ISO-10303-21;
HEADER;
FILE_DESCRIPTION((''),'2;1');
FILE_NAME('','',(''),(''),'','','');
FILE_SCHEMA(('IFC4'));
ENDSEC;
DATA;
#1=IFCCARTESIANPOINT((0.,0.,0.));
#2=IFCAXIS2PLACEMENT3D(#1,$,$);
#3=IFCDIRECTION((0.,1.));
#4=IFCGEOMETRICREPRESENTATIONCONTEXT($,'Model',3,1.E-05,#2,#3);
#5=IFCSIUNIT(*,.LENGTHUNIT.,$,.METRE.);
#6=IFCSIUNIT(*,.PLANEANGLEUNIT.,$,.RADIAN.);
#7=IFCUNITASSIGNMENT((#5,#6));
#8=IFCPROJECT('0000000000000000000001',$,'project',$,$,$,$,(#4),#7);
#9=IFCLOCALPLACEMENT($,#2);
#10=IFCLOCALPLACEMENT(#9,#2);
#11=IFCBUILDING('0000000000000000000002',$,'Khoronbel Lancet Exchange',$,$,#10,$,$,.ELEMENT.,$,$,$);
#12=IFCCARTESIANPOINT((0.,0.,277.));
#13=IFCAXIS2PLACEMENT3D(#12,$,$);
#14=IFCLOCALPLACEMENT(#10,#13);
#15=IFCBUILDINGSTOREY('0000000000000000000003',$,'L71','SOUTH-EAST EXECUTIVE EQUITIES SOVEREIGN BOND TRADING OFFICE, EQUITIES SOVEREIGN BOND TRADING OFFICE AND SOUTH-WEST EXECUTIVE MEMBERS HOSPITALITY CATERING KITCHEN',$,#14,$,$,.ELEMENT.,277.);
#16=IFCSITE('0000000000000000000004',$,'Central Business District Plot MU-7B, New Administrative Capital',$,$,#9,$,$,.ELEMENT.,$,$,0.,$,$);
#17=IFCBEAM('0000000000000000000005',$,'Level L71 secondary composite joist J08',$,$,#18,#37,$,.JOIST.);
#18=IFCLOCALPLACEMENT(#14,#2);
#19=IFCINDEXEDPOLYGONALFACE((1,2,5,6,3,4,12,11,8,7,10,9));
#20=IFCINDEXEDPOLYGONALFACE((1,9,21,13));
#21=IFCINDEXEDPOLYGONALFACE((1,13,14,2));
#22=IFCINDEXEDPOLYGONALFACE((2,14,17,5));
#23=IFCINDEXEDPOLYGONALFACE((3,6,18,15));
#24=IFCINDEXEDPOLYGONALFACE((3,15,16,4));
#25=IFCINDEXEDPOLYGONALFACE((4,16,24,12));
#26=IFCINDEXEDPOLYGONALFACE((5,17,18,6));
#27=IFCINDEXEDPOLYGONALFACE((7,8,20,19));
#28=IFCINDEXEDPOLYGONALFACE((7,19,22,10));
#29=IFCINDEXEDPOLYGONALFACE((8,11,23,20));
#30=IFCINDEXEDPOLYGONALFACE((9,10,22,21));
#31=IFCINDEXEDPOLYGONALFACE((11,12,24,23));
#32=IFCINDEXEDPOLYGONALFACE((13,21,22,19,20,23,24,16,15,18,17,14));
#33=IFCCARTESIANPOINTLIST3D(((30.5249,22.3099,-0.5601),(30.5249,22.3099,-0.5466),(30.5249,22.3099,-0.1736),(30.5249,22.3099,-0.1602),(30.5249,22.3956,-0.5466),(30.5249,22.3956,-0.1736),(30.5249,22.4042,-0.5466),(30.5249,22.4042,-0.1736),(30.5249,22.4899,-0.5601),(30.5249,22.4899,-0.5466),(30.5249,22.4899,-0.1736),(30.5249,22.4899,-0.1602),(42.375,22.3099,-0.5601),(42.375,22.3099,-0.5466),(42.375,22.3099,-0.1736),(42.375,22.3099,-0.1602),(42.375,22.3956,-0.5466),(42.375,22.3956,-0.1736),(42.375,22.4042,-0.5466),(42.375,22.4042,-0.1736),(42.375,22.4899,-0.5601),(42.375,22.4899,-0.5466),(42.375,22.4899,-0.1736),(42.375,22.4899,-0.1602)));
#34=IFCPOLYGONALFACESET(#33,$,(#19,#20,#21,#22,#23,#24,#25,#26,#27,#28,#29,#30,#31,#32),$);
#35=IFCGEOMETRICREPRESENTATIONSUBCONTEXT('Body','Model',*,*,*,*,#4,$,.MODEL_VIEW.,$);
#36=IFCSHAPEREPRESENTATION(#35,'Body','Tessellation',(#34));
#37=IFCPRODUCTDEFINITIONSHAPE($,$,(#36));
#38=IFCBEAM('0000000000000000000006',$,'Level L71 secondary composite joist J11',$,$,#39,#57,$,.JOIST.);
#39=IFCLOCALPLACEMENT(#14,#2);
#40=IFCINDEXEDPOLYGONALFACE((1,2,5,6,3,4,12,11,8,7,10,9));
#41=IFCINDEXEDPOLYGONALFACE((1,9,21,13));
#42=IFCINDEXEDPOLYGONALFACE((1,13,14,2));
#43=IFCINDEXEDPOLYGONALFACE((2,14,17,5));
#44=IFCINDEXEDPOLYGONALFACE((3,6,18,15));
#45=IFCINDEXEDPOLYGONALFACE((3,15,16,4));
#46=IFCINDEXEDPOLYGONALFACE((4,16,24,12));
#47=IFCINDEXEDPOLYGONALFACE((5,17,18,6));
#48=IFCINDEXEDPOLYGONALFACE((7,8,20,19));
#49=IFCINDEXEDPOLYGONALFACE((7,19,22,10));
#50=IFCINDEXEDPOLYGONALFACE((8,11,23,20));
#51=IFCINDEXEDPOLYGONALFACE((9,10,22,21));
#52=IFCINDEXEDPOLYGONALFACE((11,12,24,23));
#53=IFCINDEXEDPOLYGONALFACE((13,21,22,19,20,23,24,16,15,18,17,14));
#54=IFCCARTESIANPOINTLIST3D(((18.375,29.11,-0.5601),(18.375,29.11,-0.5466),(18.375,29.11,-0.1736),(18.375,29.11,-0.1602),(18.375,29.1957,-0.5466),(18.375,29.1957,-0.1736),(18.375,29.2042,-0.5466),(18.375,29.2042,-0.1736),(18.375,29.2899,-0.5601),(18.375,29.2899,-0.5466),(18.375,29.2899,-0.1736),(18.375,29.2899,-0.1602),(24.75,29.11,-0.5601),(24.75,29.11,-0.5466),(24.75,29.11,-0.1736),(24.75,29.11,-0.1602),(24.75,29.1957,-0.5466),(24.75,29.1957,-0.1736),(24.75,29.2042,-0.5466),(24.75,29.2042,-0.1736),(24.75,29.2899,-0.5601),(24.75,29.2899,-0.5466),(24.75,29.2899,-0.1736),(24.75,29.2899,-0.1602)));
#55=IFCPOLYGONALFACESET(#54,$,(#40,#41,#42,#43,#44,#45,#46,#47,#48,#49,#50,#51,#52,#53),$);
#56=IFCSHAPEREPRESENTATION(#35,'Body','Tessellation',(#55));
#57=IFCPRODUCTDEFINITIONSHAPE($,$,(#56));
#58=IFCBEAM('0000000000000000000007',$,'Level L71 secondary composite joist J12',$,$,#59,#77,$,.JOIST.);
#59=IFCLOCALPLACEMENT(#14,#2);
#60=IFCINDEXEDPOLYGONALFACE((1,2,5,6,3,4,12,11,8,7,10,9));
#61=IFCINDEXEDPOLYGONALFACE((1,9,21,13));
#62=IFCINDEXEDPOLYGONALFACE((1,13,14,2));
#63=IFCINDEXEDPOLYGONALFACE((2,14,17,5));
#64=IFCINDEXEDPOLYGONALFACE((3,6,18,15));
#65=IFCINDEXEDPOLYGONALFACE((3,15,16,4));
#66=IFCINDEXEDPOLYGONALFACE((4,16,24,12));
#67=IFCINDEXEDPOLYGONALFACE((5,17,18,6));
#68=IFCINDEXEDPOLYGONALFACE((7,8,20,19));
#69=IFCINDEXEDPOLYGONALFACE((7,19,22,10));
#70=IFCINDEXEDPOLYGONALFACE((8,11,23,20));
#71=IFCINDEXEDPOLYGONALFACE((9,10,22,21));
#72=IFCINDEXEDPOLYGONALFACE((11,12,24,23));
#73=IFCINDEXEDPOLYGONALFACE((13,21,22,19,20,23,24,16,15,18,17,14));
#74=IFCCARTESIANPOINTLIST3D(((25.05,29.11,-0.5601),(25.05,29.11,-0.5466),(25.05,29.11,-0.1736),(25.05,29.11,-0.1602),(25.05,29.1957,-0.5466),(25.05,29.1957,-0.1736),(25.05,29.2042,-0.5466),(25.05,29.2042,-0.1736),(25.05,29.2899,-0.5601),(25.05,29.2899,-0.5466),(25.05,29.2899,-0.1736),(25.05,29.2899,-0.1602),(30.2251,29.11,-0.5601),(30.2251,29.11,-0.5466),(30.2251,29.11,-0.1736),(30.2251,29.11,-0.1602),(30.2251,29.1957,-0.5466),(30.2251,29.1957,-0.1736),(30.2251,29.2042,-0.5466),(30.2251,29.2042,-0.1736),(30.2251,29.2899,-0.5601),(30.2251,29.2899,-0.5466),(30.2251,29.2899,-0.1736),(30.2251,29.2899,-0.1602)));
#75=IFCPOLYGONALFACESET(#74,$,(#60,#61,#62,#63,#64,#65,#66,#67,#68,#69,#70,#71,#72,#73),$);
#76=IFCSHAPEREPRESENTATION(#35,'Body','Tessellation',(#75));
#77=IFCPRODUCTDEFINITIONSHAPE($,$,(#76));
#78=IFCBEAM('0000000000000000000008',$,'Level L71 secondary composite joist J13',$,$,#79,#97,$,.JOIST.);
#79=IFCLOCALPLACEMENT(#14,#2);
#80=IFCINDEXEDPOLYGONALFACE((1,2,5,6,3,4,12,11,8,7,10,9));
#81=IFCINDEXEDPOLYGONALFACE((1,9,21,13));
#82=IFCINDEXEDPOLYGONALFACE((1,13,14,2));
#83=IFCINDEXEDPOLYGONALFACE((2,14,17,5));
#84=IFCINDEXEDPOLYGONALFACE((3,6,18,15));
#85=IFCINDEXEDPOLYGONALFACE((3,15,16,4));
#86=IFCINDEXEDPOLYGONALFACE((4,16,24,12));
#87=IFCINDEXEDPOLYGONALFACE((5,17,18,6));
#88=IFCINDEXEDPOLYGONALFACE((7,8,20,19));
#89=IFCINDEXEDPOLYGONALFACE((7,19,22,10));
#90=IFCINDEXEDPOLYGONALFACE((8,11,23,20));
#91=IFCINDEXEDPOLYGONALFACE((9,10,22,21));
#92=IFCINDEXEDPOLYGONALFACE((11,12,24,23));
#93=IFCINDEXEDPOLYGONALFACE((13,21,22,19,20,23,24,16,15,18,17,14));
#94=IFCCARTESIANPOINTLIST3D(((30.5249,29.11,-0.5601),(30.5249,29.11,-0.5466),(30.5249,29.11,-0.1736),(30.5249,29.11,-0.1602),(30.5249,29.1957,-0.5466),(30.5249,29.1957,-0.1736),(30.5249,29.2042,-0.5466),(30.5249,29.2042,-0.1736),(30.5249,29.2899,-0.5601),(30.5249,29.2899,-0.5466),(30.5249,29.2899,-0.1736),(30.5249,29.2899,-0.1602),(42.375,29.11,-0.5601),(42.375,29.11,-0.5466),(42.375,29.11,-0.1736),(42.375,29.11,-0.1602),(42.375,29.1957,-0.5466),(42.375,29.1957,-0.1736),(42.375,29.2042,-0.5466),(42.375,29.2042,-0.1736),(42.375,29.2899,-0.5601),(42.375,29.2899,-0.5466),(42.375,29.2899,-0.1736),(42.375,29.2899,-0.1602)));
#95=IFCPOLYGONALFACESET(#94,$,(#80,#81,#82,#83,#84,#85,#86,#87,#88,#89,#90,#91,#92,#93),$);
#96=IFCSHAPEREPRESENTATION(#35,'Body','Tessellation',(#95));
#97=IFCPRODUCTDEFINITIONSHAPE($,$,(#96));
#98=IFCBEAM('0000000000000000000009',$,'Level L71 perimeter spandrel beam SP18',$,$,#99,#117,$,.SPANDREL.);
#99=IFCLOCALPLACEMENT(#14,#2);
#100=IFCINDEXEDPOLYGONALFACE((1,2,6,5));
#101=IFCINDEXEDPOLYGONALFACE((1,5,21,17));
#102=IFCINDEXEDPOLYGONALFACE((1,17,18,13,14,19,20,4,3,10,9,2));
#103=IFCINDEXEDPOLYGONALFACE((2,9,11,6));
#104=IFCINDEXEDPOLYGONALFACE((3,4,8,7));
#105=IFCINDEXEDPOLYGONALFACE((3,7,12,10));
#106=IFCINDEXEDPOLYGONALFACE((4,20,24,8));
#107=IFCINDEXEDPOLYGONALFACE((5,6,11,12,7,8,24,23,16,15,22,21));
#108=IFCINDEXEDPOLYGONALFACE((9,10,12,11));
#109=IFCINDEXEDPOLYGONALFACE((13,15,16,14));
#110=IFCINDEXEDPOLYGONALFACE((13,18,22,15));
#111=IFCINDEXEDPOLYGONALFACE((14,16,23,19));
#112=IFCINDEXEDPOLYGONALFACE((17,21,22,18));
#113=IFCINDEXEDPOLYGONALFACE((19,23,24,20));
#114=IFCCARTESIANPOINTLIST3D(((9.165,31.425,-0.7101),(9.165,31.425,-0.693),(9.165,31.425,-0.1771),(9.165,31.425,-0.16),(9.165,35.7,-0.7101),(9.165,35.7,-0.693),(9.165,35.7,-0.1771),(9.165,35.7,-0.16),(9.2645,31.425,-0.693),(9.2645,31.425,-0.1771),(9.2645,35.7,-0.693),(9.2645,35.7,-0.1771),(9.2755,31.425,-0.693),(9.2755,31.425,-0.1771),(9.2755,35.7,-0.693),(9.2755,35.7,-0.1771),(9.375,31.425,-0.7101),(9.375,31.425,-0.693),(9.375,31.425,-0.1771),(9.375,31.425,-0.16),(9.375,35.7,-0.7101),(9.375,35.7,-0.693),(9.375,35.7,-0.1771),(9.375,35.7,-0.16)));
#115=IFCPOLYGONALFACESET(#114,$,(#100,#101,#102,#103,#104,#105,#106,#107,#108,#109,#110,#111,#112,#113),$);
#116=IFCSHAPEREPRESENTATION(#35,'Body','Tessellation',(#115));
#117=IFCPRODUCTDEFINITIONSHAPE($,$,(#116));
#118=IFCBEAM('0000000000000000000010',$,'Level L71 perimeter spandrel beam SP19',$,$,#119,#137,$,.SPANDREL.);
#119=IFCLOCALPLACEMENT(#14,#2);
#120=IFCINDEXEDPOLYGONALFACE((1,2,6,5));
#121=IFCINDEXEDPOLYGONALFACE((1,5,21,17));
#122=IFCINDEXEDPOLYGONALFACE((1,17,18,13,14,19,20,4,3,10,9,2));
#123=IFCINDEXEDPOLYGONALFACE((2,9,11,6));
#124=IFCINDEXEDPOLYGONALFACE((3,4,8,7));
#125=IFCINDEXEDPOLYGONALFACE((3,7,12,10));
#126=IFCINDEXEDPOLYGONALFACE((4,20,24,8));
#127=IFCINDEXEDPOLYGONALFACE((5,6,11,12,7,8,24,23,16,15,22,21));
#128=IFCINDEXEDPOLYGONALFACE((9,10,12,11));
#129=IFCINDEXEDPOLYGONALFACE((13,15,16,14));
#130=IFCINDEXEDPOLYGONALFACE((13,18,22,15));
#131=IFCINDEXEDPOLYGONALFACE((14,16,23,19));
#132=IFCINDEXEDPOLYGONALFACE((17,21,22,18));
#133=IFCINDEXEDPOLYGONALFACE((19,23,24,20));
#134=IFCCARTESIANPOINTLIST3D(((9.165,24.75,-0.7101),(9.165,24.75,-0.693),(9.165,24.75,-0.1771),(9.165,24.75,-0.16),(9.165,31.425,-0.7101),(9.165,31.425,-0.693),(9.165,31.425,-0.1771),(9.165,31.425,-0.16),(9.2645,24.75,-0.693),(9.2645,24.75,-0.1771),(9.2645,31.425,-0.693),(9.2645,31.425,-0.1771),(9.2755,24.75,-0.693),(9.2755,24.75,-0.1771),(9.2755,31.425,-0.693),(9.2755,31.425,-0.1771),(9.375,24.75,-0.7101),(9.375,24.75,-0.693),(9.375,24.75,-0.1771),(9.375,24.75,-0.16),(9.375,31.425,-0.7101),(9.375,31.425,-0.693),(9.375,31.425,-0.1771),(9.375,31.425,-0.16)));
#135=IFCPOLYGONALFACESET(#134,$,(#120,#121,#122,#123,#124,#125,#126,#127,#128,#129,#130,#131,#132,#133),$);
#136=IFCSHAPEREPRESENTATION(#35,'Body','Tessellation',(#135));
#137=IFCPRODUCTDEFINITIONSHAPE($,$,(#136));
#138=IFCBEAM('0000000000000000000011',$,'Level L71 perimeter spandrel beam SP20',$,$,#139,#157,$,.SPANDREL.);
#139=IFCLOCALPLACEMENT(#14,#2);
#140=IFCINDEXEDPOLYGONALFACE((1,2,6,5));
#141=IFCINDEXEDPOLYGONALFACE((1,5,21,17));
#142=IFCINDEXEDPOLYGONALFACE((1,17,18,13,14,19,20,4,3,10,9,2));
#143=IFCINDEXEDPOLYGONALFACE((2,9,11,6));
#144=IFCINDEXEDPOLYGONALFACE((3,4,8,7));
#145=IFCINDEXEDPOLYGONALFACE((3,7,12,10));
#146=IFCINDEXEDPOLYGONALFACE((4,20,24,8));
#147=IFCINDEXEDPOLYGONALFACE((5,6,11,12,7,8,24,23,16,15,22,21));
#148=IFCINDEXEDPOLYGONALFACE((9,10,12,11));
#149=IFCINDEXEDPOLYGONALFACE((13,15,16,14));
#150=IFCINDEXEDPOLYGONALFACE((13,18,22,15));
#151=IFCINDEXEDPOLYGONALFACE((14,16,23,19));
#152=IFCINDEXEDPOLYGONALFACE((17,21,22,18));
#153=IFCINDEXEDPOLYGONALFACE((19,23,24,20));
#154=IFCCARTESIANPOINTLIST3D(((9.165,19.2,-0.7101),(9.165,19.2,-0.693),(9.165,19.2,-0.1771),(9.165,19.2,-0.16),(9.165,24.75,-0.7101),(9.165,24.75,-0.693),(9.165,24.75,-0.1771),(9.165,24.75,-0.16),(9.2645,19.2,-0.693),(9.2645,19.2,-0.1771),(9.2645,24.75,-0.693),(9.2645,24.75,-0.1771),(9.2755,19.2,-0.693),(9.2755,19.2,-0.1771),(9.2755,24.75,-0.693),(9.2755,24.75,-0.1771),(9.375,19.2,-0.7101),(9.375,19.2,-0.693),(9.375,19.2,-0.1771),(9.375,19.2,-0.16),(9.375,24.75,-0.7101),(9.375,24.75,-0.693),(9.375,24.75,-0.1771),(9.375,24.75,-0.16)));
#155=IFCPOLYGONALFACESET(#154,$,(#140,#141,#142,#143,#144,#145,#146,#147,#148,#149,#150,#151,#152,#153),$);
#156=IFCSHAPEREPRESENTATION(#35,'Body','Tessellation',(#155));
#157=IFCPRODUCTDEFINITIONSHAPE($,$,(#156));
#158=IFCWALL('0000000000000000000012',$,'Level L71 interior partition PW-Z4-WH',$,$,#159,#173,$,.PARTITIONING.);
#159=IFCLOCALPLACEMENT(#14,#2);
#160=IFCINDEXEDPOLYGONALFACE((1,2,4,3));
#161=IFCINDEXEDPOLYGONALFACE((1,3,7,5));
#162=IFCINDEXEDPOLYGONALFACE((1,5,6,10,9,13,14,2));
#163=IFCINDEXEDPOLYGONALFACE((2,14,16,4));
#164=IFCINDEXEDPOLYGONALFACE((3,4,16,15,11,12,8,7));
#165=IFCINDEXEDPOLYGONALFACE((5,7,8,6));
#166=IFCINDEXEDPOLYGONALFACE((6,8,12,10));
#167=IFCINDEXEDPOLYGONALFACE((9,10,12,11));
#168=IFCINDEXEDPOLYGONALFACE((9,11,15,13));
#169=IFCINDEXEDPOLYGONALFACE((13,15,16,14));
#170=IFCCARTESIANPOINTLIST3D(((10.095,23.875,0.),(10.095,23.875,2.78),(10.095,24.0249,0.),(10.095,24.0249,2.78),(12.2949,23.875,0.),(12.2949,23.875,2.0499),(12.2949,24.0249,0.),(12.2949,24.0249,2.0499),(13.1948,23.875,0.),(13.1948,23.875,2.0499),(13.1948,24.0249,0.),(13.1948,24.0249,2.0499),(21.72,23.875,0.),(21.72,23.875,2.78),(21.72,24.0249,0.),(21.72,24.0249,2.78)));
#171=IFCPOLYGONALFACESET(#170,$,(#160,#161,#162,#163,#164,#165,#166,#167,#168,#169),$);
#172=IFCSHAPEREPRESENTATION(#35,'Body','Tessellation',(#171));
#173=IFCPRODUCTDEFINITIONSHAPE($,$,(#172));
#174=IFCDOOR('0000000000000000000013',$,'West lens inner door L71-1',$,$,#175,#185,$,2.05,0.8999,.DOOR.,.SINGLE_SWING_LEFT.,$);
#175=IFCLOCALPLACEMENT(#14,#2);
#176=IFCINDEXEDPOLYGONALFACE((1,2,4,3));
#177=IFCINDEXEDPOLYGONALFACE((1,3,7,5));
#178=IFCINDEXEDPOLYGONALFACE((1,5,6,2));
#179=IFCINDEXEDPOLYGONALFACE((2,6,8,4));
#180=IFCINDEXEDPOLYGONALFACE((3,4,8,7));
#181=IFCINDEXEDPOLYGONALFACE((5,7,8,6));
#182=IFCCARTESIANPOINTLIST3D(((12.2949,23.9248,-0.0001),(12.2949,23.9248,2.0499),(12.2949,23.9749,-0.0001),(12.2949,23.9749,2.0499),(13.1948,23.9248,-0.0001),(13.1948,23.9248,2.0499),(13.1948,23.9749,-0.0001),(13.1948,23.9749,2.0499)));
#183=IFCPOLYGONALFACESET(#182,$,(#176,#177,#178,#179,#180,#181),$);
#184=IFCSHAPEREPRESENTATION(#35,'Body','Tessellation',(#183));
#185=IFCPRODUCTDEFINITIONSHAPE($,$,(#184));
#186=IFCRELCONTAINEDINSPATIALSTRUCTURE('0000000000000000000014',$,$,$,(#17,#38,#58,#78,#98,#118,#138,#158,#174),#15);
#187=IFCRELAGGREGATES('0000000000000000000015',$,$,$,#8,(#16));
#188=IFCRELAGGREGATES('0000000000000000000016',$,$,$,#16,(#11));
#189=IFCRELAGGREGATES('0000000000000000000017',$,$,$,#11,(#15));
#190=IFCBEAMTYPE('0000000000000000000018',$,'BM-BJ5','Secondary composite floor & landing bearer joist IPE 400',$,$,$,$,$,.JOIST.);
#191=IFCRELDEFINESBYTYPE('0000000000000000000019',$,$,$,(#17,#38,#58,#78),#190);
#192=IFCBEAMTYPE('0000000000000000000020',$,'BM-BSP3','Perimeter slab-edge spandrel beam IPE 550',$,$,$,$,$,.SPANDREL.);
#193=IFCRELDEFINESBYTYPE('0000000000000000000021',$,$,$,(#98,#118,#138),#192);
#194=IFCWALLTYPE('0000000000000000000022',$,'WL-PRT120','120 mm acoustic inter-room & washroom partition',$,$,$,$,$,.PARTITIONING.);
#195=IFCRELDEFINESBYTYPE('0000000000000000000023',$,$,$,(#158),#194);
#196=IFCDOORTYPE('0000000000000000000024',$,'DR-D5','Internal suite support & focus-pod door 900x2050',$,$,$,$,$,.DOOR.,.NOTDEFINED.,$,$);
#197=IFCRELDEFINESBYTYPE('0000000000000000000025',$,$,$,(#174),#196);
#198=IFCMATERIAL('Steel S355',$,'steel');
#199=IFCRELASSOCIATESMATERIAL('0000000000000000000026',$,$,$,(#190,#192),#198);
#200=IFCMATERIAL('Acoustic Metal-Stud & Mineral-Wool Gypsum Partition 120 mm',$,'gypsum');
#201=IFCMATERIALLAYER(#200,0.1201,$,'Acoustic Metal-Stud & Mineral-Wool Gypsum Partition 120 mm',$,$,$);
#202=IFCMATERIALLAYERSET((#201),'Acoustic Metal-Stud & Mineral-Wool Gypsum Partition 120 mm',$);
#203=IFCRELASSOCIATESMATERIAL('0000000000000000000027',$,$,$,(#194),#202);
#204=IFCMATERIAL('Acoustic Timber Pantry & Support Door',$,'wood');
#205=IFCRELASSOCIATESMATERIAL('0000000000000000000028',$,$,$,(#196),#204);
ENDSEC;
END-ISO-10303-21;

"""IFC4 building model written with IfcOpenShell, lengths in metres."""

from ifc_helpers import new_model, si_unit, direction, frame, frame_2d, origin, origin_2d, place, context, subcontext, project, spatial, rectangle, i_section, extrude, material, layer, layer_set, material_profile, profile_set, type_object, element, fill, save


model = new_model("IFC4")

# Units and contexts
model_context = context("Model", 3, precision=1e-05, world=origin(), true_north=direction((0.0, 1.0)))
body_context = subcontext(model_context, "Body", "Model", "MODEL_VIEW")
ifc_project = project(units=[si_unit("LENGTHUNIT", "METRE"), si_unit("PLANEANGLEUNIT", "RADIAN")], contexts=[model_context])

# Site, building, storey
site_placement = place(None, origin())
site = spatial("IfcSite", under=ifc_project, at=site_placement, Name="Central Business District Plot MU-7B, New Administrative Capital", CompositionType="ELEMENT", RefElevation=0.0)
building_placement = place(site_placement, origin())
building = spatial("IfcBuilding", under=site, at=building_placement, Name="Khoronbel Lancet Exchange", CompositionType="ELEMENT")
storey_placement = place(building_placement, frame((0.0, 0.0, 277.0)))
storey = spatial("IfcBuildingStorey", under=building, at=storey_placement, Name="L71", Description="SOUTH-EAST EXECUTIVE EQUITIES SOVEREIGN BOND TRADING OFFICE, EQUITIES SOVEREIGN BOND TRADING OFFICE AND SOUTH-WEST EXECUTIVE MEMBERS HOSPITALITY CATERING KITCHEN", CompositionType="ELEMENT", Elevation=277.0)

# Shared definitions
ifc_material_1 = material(Name="Steel S355", Category="steel")

# Beams
ifc_material_profile_1 = material_profile(ifc_material_1, i_section(OverallWidth=0.1799, OverallDepth=0.3999, WebThickness=0.0085, FlangeThickness=0.0134, at=origin_2d()), Name="IPE 400")
ifc_profile_set_1 = profile_set([ifc_material_profile_1], Name="Steel S355")
beam_type_1 = type_object("IfcBeamType", Name="BM-BJ5", Description="Secondary composite floor & landing bearer joist IPE 400", PredefinedType="JOIST", material=ifc_profile_set_1)
beam_1_placement = place(storey_placement, frame((30.5249, 22.3999, -0.3601), z_axis=(1.0, 0.0, 0.0), x_axis=(0.0, 1.0, 0.0)))
element("IfcBeam", 1, at=beam_1_placement, inside=storey, type_object=beam_type_1, Name="Level L71 secondary composite joist J08", PredefinedType="JOIST", context=body_context, shape_type="SweptSolid", body=[
    extrude(i_section(OverallWidth=0.1799, OverallDepth=0.3999, WebThickness=0.0085, FlangeThickness=0.0134, at=origin_2d()), origin(), (0.0, 0.0, 1.0), 11.8501),
])
beam_2_placement = place(storey_placement, frame((18.375, 29.2, -0.3601), z_axis=(1.0, 0.0, 0.0), x_axis=(0.0, 1.0, 0.0)))
element("IfcBeam", 2, at=beam_2_placement, inside=storey, type_object=beam_type_1, Name="Level L71 secondary composite joist J11", PredefinedType="JOIST", context=body_context, shape_type="SweptSolid", body=[
    extrude(i_section(OverallWidth=0.1799, OverallDepth=0.3999, WebThickness=0.0085, FlangeThickness=0.0134, at=origin_2d()), origin(), (0.0, 0.0, 1.0), 6.375),
])
beam_3_placement = place(storey_placement, frame((25.05, 29.2, -0.3601), z_axis=(1.0, 0.0, 0.0), x_axis=(0.0, 1.0, 0.0)))
element("IfcBeam", 3, at=beam_3_placement, inside=storey, type_object=beam_type_1, Name="Level L71 secondary composite joist J12", PredefinedType="JOIST", context=body_context, shape_type="SweptSolid", body=[
    extrude(i_section(OverallWidth=0.1799, OverallDepth=0.3999, WebThickness=0.0085, FlangeThickness=0.0134, at=origin_2d()), origin(), (0.0, 0.0, 1.0), 5.175),
])
beam_4_placement = place(storey_placement, frame((30.5249, 29.2, -0.3601), z_axis=(1.0, 0.0, 0.0), x_axis=(0.0, 1.0, 0.0)))
element("IfcBeam", 4, at=beam_4_placement, inside=storey, type_object=beam_type_1, Name="Level L71 secondary composite joist J13", PredefinedType="JOIST", context=body_context, shape_type="SweptSolid", body=[
    extrude(i_section(OverallWidth=0.1799, OverallDepth=0.3999, WebThickness=0.0085, FlangeThickness=0.0134, at=origin_2d()), origin(), (0.0, 0.0, 1.0), 11.8501),
])
ifc_material_profile_2 = material_profile(ifc_material_1, i_section(OverallWidth=0.21, OverallDepth=0.55, WebThickness=0.011, FlangeThickness=0.0171, at=origin_2d()), Name="IPE 550")
ifc_profile_set_2 = profile_set([ifc_material_profile_2], Name="Steel S355")
beam_type_2 = type_object("IfcBeamType", Name="BM-BSP3", Description="Perimeter slab-edge spandrel beam IPE 550", PredefinedType="SPANDREL", material=ifc_profile_set_2)
beam_5_placement = place(storey_placement, frame((9.27, 35.7, -0.4351), z_axis=(0.0, -1.0, 0.0), x_axis=(1.0, 0.0, 0.0)))
element("IfcBeam", 5, at=beam_5_placement, inside=storey, type_object=beam_type_2, Name="Level L71 perimeter spandrel beam SP18", PredefinedType="SPANDREL", context=body_context, shape_type="SweptSolid", body=[
    extrude(i_section(OverallWidth=0.21, OverallDepth=0.55, WebThickness=0.011, FlangeThickness=0.0171, at=origin_2d()), origin(), (0.0, 0.0, 1.0), 4.2749),
])
beam_6_placement = place(storey_placement, frame((9.27, 31.425, -0.4351), z_axis=(0.0, -1.0, 0.0), x_axis=(1.0, 0.0, 0.0)))
element("IfcBeam", 6, at=beam_6_placement, inside=storey, type_object=beam_type_2, Name="Level L71 perimeter spandrel beam SP19", PredefinedType="SPANDREL", context=body_context, shape_type="SweptSolid", body=[
    extrude(i_section(OverallWidth=0.21, OverallDepth=0.55, WebThickness=0.011, FlangeThickness=0.0171, at=origin_2d()), origin(), (0.0, 0.0, 1.0), 6.675),
])
beam_7_placement = place(storey_placement, frame((9.27, 24.75, -0.4351), z_axis=(0.0, -1.0, 0.0), x_axis=(1.0, 0.0, 0.0)))
element("IfcBeam", 7, at=beam_7_placement, inside=storey, type_object=beam_type_2, Name="Level L71 perimeter spandrel beam SP20", PredefinedType="SPANDREL", context=body_context, shape_type="SweptSolid", body=[
    extrude(i_section(OverallWidth=0.21, OverallDepth=0.55, WebThickness=0.011, FlangeThickness=0.0171, at=origin_2d()), origin(), (0.0, 0.0, 1.0), 5.55),
])

# Wall, opening, door
ifc_material_2 = material(Name="Acoustic Metal-Stud & Mineral-Wool Gypsum Partition 120 mm", Category="gypsum")
ifc_layer_1 = layer(ifc_material_2, 0.1201, Name="Acoustic Metal-Stud & Mineral-Wool Gypsum Partition 120 mm")
ifc_layer_set_1 = layer_set([ifc_layer_1], Name="Acoustic Metal-Stud & Mineral-Wool Gypsum Partition 120 mm")
wall_type_1 = type_object("IfcWallType", Name="WL-PRT120", Description="120 mm acoustic inter-room & washroom partition", PredefinedType="PARTITIONING", material=ifc_layer_set_1)
wall_1_placement = place(storey_placement, frame((10.095, 23.95, 0.0), z_axis=(0.0, 0.0, 1.0), x_axis=(1.0, 0.0, 0.0)))
wall_1 = element("IfcWall", 8, at=wall_1_placement, inside=storey, type_object=wall_type_1, Name="Level L71 interior partition PW-Z4-WH", PredefinedType="PARTITIONING", context=body_context, shape_type="SweptSolid", body=[
    extrude(rectangle(XDim=11.625, YDim=0.1499, at=frame_2d((5.8125, 0.0))), origin(), (0.0, 0.0, 1.0), 2.78),
])
opening_1_placement = place(wall_1_placement, frame((2.2, 0.0, 0.0)))
opening_1 = element("IfcOpeningElement", 9, at=opening_1_placement, cuts=wall_1, PredefinedType="OPENING", context=body_context, shape_type="SweptSolid", body=[
    extrude(rectangle(XDim=0.8999, YDim=2.05, at=frame_2d((0.45, 1.0249))), frame((0.0, 0.085, 0.0), z_axis=(0.0, -1.0, 0.0), x_axis=(1.0, 0.0, 0.0)), (0.0, 0.0, 1.0), 0.1699),
])
ifc_material_3 = material(Name="Acoustic Timber Pantry & Support Door", Category="wood")
door_type_1 = type_object("IfcDoorType", Name="DR-D5", Description="Internal suite support & focus-pod door 900x2050", OperationType="NOTDEFINED", PredefinedType="DOOR", material=ifc_material_3)
door_1_placement = place(opening_1_placement, origin())
door_1 = element("IfcDoor", 10, at=door_1_placement, inside=storey, type_object=door_type_1, Name="West lens inner door L71-1", OperationType="SINGLE_SWING_LEFT", OverallHeight=2.05, OverallWidth=0.8999, PredefinedType="DOOR", context=body_context, shape_type="SweptSolid", body=[
    extrude(rectangle(XDim=0.8999, YDim=2.05, at=frame_2d((0.45, 1.0249))), frame((0.0, 0.0249, 0.0), z_axis=(0.0, -1.0, 0.0), x_axis=(1.0, 0.0, 0.0)), (0.0, 0.0, 1.0), 0.05),
])
fill(opening_1, door_1)

save(model, "model.ifc")
